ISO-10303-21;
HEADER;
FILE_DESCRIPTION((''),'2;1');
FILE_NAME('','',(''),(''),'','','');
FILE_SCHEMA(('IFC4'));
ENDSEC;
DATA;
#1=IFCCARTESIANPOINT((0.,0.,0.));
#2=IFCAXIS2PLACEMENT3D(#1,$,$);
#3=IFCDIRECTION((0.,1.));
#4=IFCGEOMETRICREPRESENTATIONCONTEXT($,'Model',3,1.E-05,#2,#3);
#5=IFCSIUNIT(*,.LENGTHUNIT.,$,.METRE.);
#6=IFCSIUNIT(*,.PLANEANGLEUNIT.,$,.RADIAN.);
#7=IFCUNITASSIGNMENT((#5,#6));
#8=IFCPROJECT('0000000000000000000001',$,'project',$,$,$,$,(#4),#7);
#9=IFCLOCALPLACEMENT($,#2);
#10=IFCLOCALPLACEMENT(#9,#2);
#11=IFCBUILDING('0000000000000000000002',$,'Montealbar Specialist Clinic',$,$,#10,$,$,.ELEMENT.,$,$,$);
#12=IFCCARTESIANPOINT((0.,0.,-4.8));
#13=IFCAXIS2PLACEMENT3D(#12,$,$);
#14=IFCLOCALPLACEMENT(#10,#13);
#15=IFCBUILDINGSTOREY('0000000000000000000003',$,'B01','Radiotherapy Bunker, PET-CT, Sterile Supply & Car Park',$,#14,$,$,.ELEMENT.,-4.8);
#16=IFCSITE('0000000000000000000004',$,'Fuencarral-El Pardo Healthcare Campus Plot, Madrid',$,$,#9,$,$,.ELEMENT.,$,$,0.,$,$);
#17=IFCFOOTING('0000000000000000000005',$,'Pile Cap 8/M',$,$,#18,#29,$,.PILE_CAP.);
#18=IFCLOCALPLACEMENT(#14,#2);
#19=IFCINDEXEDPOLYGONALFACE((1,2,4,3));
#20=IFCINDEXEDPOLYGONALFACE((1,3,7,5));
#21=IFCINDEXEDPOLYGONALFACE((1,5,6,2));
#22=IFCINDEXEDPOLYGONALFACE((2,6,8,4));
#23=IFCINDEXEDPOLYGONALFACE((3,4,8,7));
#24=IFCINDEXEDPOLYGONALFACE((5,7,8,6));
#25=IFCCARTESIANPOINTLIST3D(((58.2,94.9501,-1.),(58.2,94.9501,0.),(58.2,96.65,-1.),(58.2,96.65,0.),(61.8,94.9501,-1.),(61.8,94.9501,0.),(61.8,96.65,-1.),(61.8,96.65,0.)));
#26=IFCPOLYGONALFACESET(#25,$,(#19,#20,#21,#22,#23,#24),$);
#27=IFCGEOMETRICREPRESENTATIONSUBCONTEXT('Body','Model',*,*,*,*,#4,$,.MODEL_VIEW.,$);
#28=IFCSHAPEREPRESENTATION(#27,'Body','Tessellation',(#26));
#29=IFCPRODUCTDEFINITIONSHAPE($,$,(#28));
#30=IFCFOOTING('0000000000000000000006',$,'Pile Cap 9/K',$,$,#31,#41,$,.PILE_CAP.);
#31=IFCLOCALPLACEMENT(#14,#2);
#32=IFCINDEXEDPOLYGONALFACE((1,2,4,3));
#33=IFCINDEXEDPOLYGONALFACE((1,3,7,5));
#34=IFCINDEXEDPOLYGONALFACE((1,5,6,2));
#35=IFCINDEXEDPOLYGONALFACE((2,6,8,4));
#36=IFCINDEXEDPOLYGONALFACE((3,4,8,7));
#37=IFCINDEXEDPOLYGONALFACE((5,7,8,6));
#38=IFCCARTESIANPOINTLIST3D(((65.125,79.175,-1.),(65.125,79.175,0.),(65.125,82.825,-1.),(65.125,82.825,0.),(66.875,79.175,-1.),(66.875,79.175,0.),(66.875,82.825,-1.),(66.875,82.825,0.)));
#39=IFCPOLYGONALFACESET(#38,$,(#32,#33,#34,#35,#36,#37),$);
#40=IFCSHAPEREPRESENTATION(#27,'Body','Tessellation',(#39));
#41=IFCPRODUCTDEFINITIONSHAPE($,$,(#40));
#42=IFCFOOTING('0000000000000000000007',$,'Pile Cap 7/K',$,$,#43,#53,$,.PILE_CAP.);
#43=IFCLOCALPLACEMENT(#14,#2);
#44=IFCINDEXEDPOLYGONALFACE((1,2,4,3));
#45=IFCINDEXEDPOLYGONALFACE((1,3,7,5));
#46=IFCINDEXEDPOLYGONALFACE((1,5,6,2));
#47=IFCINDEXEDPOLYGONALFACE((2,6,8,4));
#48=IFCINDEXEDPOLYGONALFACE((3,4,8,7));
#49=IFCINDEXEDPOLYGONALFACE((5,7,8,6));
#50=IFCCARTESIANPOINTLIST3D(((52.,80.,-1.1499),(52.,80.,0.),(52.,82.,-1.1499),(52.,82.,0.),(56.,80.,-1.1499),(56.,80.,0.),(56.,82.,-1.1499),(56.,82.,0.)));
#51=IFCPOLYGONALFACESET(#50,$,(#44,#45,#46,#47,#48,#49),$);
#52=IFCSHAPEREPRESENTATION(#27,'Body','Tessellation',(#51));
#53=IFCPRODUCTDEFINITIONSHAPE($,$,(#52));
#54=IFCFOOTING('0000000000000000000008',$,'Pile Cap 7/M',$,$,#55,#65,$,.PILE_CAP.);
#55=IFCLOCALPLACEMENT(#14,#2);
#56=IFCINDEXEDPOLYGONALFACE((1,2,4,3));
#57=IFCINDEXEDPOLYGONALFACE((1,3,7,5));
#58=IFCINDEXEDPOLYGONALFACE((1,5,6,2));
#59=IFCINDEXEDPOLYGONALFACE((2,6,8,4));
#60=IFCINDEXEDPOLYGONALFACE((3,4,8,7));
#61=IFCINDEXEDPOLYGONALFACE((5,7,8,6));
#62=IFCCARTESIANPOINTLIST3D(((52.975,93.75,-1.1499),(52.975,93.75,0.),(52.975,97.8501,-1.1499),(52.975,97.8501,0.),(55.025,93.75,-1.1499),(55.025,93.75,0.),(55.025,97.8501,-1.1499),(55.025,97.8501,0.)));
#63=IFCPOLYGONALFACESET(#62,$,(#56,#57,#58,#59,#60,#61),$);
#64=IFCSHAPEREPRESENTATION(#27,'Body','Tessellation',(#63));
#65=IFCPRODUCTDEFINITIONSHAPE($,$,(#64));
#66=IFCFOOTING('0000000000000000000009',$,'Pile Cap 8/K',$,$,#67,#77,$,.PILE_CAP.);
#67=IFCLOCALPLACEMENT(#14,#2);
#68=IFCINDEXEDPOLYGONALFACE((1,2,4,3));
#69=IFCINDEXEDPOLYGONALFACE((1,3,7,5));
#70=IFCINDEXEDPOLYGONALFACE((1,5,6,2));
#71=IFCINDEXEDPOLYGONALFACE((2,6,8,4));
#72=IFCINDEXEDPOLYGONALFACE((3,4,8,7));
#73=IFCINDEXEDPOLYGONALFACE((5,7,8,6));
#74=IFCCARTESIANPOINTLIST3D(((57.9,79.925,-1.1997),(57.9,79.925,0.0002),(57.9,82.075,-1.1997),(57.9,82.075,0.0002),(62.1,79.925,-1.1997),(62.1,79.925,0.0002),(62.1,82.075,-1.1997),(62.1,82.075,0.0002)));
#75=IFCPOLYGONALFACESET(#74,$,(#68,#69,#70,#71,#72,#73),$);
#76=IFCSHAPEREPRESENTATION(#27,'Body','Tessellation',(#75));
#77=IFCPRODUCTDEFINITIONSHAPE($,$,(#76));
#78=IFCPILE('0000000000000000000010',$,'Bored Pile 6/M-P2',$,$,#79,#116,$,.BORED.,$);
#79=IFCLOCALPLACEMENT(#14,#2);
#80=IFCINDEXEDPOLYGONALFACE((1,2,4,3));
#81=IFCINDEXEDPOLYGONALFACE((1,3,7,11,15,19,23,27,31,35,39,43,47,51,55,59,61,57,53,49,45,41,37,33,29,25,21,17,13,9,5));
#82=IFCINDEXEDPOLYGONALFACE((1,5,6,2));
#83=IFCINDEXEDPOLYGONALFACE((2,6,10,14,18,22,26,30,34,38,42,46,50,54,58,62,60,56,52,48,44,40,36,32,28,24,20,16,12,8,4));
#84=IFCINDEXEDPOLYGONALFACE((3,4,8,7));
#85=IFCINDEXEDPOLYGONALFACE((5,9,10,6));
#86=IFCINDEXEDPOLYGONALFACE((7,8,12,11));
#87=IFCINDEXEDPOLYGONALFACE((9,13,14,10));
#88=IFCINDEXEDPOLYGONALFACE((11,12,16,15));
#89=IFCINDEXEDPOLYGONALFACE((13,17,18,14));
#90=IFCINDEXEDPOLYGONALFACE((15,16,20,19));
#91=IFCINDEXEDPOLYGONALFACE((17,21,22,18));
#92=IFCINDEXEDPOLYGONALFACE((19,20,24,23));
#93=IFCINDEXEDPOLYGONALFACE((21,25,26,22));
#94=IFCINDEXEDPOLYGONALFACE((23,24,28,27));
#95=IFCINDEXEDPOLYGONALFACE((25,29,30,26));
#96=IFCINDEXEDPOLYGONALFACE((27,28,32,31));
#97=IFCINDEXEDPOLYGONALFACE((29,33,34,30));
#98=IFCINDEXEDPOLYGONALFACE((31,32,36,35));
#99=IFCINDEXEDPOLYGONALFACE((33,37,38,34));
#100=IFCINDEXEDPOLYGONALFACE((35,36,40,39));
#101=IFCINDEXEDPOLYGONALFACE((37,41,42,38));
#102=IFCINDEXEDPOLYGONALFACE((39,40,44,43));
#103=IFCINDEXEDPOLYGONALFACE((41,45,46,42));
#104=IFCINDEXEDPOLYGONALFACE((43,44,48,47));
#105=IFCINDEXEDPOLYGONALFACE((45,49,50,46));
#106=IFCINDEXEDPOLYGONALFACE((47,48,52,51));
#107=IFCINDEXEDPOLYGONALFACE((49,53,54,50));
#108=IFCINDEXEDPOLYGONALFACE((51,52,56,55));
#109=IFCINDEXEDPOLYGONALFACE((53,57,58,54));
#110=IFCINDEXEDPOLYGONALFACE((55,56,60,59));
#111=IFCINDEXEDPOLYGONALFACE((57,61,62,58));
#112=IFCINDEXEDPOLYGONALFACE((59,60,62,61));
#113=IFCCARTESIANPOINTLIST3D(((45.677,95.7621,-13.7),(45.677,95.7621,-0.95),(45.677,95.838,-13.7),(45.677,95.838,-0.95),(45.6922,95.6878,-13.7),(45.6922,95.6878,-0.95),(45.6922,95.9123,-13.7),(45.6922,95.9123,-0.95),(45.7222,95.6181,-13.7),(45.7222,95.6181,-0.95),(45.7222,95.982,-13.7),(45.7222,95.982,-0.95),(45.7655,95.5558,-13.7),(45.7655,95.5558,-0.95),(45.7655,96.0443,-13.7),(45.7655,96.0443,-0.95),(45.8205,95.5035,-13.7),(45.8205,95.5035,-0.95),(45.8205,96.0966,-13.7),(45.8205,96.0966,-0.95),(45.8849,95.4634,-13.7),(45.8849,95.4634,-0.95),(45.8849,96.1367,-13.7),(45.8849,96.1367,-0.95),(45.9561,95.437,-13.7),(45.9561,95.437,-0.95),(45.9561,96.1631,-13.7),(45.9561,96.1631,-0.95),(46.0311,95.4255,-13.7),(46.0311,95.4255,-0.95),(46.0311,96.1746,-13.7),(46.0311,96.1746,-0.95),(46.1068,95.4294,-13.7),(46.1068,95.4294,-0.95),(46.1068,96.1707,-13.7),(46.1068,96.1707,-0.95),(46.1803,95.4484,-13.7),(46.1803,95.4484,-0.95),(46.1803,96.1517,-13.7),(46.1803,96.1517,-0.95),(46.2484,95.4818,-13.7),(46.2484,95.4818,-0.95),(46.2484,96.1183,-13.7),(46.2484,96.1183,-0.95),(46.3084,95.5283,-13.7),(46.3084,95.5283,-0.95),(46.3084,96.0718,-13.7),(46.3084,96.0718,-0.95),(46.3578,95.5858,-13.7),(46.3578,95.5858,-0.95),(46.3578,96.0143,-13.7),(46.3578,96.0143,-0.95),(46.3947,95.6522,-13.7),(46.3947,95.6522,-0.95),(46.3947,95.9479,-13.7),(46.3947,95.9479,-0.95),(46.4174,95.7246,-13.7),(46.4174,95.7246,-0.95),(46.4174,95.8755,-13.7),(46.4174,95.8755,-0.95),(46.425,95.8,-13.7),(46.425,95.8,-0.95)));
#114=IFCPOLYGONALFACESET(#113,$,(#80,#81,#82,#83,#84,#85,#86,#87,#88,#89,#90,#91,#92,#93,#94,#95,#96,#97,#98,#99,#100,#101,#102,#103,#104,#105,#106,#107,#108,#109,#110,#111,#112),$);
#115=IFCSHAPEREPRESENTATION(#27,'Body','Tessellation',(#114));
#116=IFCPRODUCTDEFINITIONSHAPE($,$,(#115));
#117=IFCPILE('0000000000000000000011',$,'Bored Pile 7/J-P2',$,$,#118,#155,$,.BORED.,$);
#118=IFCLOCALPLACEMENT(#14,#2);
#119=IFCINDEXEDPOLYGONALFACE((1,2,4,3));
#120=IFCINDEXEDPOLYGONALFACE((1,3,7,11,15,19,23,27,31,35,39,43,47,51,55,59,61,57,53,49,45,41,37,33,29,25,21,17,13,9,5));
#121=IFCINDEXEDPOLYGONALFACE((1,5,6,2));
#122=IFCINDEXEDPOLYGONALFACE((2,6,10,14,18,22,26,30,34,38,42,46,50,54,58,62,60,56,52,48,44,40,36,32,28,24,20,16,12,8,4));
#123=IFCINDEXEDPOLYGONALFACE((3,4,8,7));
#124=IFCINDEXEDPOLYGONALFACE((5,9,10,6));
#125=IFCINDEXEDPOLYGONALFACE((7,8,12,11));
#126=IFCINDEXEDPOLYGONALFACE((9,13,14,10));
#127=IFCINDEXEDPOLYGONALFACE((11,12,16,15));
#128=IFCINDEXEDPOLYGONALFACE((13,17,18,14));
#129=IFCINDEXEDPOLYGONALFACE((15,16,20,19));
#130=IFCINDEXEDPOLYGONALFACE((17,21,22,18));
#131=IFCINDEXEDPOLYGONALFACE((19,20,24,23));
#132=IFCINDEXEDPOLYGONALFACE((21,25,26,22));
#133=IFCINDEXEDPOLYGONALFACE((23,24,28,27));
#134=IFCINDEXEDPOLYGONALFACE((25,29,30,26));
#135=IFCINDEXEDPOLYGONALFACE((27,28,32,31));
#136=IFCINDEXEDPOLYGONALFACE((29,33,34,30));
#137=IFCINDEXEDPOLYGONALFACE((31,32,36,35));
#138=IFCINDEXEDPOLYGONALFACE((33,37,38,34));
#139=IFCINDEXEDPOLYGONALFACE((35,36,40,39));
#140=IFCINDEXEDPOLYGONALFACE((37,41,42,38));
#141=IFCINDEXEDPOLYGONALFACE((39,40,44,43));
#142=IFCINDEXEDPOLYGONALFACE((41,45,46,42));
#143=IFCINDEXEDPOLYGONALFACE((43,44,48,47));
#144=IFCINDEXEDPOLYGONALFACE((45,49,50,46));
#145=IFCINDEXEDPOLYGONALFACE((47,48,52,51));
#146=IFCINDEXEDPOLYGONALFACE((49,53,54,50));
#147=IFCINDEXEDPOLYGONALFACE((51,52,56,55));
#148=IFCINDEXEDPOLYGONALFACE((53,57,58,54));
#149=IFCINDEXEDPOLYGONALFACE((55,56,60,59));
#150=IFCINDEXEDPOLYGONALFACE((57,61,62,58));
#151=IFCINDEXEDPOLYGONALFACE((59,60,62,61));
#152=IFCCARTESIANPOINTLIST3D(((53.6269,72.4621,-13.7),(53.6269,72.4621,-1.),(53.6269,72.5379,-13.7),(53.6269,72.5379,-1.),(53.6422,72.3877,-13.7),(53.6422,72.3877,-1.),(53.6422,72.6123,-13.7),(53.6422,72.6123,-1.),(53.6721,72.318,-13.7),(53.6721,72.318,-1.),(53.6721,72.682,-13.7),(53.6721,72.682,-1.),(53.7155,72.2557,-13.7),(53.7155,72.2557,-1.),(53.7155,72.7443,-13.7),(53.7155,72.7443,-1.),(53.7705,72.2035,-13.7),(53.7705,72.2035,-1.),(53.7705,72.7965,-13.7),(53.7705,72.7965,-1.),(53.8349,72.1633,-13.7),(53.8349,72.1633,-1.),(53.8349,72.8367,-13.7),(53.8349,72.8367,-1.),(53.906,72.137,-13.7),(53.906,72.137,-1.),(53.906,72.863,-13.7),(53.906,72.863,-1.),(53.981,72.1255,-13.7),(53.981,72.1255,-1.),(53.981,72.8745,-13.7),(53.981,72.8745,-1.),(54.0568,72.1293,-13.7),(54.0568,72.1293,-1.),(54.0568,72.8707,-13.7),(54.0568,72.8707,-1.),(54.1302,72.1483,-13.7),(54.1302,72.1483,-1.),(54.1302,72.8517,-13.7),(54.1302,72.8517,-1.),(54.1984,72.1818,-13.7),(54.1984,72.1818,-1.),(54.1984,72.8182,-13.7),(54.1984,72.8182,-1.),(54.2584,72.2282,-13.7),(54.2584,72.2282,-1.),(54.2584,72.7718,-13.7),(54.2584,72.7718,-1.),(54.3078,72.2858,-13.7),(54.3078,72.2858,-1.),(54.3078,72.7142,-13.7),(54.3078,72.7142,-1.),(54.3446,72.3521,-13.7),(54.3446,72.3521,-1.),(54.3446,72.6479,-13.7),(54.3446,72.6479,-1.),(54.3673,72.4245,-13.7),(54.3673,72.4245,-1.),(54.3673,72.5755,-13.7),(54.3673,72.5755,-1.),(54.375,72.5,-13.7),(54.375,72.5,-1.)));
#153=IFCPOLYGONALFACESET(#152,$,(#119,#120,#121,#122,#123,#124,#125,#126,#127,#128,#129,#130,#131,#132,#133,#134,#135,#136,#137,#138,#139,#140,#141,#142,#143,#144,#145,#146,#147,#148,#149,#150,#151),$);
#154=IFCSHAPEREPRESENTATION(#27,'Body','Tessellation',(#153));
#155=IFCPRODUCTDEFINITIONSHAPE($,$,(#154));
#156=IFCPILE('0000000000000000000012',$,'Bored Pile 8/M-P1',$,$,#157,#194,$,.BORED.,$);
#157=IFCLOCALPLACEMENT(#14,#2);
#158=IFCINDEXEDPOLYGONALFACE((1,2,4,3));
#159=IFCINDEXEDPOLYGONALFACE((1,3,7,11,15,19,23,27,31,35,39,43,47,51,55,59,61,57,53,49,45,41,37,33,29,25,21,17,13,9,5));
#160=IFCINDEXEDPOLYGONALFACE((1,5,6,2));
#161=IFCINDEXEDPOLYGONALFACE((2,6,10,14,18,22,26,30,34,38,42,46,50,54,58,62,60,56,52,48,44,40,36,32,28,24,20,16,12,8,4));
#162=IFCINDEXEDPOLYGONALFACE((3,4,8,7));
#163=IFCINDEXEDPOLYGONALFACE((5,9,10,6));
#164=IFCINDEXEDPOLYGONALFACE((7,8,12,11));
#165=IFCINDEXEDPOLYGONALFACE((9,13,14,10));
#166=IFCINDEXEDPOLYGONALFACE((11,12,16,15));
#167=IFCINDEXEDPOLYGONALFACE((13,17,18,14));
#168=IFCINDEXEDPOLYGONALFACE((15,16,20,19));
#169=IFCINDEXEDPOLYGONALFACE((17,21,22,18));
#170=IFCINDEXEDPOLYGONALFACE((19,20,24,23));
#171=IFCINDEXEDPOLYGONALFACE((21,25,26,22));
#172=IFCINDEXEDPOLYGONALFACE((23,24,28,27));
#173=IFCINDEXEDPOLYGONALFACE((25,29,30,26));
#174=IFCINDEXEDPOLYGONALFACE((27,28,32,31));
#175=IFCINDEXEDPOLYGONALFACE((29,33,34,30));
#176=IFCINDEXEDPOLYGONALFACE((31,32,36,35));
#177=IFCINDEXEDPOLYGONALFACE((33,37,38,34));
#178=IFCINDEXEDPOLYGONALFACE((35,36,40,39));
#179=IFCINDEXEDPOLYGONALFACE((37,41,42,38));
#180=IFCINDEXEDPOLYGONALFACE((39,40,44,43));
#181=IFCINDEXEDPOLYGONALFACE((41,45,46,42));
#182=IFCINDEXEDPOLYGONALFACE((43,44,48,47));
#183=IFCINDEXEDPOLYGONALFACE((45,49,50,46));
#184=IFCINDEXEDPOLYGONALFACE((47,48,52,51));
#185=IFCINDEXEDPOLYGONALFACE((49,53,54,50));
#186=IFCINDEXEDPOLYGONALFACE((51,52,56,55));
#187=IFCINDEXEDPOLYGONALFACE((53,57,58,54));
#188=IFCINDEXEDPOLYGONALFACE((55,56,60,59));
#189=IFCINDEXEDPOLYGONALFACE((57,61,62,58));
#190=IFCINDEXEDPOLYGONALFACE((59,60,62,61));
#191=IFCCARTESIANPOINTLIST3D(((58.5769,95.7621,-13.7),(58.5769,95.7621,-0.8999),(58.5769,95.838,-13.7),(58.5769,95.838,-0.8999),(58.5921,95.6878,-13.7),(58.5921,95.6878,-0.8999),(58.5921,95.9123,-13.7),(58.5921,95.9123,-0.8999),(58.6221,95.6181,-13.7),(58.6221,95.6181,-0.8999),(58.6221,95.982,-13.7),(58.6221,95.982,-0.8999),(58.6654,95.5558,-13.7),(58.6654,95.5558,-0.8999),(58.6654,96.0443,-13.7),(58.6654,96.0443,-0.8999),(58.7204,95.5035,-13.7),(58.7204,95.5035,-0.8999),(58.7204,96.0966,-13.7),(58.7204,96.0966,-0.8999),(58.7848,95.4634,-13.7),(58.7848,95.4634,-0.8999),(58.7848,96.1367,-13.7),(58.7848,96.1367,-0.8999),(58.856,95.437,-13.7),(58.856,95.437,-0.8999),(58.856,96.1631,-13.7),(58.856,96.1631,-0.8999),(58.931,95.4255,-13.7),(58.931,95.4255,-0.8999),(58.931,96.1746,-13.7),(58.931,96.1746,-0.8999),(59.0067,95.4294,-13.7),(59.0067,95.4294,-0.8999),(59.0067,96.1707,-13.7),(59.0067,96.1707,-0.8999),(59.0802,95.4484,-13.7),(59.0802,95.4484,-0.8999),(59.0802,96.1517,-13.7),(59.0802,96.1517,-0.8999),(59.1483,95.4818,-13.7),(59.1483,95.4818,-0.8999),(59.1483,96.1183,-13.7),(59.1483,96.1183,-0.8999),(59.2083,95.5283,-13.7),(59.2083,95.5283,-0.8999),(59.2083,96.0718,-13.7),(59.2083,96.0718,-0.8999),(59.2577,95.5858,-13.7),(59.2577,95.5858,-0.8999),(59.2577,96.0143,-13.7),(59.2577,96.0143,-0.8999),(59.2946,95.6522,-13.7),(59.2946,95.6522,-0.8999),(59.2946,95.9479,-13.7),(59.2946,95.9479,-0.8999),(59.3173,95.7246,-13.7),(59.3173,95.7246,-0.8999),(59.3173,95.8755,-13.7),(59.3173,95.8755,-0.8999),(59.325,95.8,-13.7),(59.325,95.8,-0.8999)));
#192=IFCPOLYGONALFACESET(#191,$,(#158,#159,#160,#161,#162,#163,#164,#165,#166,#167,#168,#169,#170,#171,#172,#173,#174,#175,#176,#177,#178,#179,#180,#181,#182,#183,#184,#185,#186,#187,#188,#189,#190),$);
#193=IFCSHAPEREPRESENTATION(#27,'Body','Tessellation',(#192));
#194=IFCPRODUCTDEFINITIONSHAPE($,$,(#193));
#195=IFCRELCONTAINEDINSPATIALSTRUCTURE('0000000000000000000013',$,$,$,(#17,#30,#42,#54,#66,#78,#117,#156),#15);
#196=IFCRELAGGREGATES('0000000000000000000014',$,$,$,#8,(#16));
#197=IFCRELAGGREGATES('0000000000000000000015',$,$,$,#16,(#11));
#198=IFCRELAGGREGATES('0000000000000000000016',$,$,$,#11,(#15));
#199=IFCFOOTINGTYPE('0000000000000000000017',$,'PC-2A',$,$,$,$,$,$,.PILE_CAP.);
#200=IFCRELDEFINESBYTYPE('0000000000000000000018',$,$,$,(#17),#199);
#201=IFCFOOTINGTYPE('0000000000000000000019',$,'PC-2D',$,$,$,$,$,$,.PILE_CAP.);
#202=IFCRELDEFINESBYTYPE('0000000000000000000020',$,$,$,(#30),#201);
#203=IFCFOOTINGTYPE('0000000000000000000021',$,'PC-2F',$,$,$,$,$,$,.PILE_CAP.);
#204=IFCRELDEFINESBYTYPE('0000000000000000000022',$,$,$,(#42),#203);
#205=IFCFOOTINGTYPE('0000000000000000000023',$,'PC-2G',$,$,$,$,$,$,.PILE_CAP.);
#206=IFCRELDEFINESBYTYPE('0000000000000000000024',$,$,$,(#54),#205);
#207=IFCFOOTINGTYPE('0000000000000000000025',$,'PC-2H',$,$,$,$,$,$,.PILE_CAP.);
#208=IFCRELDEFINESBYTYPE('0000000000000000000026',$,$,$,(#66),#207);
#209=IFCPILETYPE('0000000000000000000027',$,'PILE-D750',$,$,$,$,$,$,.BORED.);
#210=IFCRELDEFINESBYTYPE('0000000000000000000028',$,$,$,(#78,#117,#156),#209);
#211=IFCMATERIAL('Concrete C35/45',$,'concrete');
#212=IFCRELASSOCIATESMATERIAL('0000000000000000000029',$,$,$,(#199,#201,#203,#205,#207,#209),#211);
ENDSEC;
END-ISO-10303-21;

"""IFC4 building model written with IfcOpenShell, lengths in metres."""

from ifc_helpers import new_model, si_unit, direction, frame, origin, origin_2d, place, context, subcontext, project, spatial, rectangle, circle, extrude, material, material_profile, profile_set, type_object, element, save


model = new_model("IFC4")

# Units and contexts
model_context = context("Model", 3, precision=1e-05, world=origin(), true_north=direction((0.0, 1.0)))
body_context = subcontext(model_context, "Body", "Model", "MODEL_VIEW")
ifc_project = project(units=[si_unit("LENGTHUNIT", "METRE"), si_unit("PLANEANGLEUNIT", "RADIAN")], contexts=[model_context])

# Site, building, storey
site_placement = place(None, origin())
site = spatial("IfcSite", under=ifc_project, at=site_placement, Name="Fuencarral-El Pardo Healthcare Campus Plot, Madrid", CompositionType="ELEMENT", RefElevation=0.0)
building_placement = place(site_placement, origin())
building = spatial("IfcBuilding", under=site, at=building_placement, Name="Montealbar Specialist Clinic", CompositionType="ELEMENT")
storey_placement = place(building_placement, frame((0.0, 0.0, -4.8)))
storey = spatial("IfcBuildingStorey", under=building, at=storey_placement, Name="B01", Description="Radiotherapy Bunker, PET-CT, Sterile Supply & Car Park", CompositionType="ELEMENT", Elevation=-4.8)

# Footings
ifc_material_1 = material(Name="Concrete C35/45", Category="concrete")
footing_type_1 = type_object("IfcFootingType", Name="PC-2A", PredefinedType="PILE_CAP", material=ifc_material_1)
footing_1_placement = place(storey_placement, frame((60.0, 95.8, -1.0), z_axis=(0.0, 0.0, 1.0), x_axis=(1.0, 0.0, 0.0)))
element("IfcFooting", 1, at=footing_1_placement, inside=storey, type_object=footing_type_1, Name="Pile Cap 8/M", PredefinedType="PILE_CAP", context=body_context, shape_type="SweptSolid", body=[
    extrude(rectangle(XDim=3.6001, YDim=1.7, at=origin_2d()), origin(), (0.0, 0.0, 1.0), 1.0),
])
footing_type_2 = type_object("IfcFootingType", Name="PC-2D", PredefinedType="PILE_CAP", material=ifc_material_1)
footing_2_placement = place(storey_placement, frame((66.0, 81.0, -1.0), z_axis=(0.0, 0.0, 1.0), x_axis=(1.0, 0.0, 0.0)))
element("IfcFooting", 2, at=footing_2_placement, inside=storey, type_object=footing_type_2, Name="Pile Cap 9/K", PredefinedType="PILE_CAP", context=body_context, shape_type="SweptSolid", body=[
    extrude(rectangle(XDim=1.75, YDim=3.6499, at=origin_2d()), origin(), (0.0, 0.0, 1.0), 1.0),
])
footing_type_3 = type_object("IfcFootingType", Name="PC-2F", PredefinedType="PILE_CAP", material=ifc_material_1)
footing_3_placement = place(storey_placement, frame((54.0, 81.0, -1.1499), z_axis=(0.0, 0.0, 1.0), x_axis=(1.0, 0.0, 0.0)))
element("IfcFooting", 3, at=footing_3_placement, inside=storey, type_object=footing_type_3, Name="Pile Cap 7/K", PredefinedType="PILE_CAP", context=body_context, shape_type="SweptSolid", body=[
    extrude(rectangle(XDim=4.0, YDim=2.0, at=origin_2d()), origin(), (0.0, 0.0, 1.0), 1.1499),
])
footing_type_4 = type_object("IfcFootingType", Name="PC-2G", PredefinedType="PILE_CAP", material=ifc_material_1)
footing_4_placement = place(storey_placement, frame((54.0, 95.8, -1.1499), z_axis=(0.0, 0.0, 1.0), x_axis=(1.0, 0.0, 0.0)))
element("IfcFooting", 4, at=footing_4_placement, inside=storey, type_object=footing_type_4, Name="Pile Cap 7/M", PredefinedType="PILE_CAP", context=body_context, shape_type="SweptSolid", body=[
    extrude(rectangle(XDim=2.05, YDim=4.1001, at=origin_2d()), origin(), (0.0, 0.0, 1.0), 1.1499),
])
footing_type_5 = type_object("IfcFootingType", Name="PC-2H", PredefinedType="PILE_CAP", material=ifc_material_1)
footing_5_placement = place(storey_placement, frame((60.0, 81.0, -1.1997), z_axis=(0.0, 0.0, 1.0), x_axis=(1.0, 0.0, 0.0)))
element("IfcFooting", 5, at=footing_5_placement, inside=storey, type_object=footing_type_5, Name="Pile Cap 8/K", PredefinedType="PILE_CAP", context=body_context, shape_type="SweptSolid", body=[
    extrude(rectangle(XDim=4.2, YDim=2.1499, at=origin_2d()), origin(), (0.0, 0.0, 1.0), 1.2),
])

# Piles
ifc_material_profile_1 = material_profile(ifc_material_1, circle(Radius=0.375, at=origin_2d()), Name="PILE D750", Category="concrete")
ifc_profile_set_1 = profile_set([ifc_material_profile_1], Name="Concrete C35/45")
pile_type_1 = type_object("IfcPileType", Name="PILE-D750", PredefinedType="BORED", material=ifc_profile_set_1)
pile_1_placement = place(storey_placement, frame((46.05, 95.8, -0.95), z_axis=(0.0, 0.0, -1.0), x_axis=(1.0, 0.0, 0.0)))
element("IfcPile", 6, at=pile_1_placement, inside=storey, type_object=pile_type_1, Name="Bored Pile 6/M-P2", PredefinedType="BORED", context=body_context, shape_type="SweptSolid", body=[
    extrude(circle(Radius=0.375, at=origin_2d()), origin(), (0.0, 0.0, 1.0), 12.75),
])
pile_2_placement = place(storey_placement, frame((54.0, 72.5, -1.0), z_axis=(0.0, 0.0, -1.0), x_axis=(1.0, 0.0, 0.0)))
element("IfcPile", 7, at=pile_2_placement, inside=storey, type_object=pile_type_1, Name="Bored Pile 7/J-P2", PredefinedType="BORED", context=body_context, shape_type="SweptSolid", body=[
    extrude(circle(Radius=0.375, at=origin_2d()), origin(), (0.0, 0.0, 1.0), 12.7),
])
pile_3_placement = place(storey_placement, frame((58.95, 95.8, -0.8999), z_axis=(0.0, 0.0, -1.0), x_axis=(1.0, 0.0, 0.0)))
element("IfcPile", 8, at=pile_3_placement, inside=storey, type_object=pile_type_1, Name="Bored Pile 8/M-P1", PredefinedType="BORED", context=body_context, shape_type="SweptSolid", body=[
    extrude(circle(Radius=0.375, at=origin_2d()), origin(), (0.0, 0.0, 1.0), 12.8),
])

save(model, "model.ifc")
